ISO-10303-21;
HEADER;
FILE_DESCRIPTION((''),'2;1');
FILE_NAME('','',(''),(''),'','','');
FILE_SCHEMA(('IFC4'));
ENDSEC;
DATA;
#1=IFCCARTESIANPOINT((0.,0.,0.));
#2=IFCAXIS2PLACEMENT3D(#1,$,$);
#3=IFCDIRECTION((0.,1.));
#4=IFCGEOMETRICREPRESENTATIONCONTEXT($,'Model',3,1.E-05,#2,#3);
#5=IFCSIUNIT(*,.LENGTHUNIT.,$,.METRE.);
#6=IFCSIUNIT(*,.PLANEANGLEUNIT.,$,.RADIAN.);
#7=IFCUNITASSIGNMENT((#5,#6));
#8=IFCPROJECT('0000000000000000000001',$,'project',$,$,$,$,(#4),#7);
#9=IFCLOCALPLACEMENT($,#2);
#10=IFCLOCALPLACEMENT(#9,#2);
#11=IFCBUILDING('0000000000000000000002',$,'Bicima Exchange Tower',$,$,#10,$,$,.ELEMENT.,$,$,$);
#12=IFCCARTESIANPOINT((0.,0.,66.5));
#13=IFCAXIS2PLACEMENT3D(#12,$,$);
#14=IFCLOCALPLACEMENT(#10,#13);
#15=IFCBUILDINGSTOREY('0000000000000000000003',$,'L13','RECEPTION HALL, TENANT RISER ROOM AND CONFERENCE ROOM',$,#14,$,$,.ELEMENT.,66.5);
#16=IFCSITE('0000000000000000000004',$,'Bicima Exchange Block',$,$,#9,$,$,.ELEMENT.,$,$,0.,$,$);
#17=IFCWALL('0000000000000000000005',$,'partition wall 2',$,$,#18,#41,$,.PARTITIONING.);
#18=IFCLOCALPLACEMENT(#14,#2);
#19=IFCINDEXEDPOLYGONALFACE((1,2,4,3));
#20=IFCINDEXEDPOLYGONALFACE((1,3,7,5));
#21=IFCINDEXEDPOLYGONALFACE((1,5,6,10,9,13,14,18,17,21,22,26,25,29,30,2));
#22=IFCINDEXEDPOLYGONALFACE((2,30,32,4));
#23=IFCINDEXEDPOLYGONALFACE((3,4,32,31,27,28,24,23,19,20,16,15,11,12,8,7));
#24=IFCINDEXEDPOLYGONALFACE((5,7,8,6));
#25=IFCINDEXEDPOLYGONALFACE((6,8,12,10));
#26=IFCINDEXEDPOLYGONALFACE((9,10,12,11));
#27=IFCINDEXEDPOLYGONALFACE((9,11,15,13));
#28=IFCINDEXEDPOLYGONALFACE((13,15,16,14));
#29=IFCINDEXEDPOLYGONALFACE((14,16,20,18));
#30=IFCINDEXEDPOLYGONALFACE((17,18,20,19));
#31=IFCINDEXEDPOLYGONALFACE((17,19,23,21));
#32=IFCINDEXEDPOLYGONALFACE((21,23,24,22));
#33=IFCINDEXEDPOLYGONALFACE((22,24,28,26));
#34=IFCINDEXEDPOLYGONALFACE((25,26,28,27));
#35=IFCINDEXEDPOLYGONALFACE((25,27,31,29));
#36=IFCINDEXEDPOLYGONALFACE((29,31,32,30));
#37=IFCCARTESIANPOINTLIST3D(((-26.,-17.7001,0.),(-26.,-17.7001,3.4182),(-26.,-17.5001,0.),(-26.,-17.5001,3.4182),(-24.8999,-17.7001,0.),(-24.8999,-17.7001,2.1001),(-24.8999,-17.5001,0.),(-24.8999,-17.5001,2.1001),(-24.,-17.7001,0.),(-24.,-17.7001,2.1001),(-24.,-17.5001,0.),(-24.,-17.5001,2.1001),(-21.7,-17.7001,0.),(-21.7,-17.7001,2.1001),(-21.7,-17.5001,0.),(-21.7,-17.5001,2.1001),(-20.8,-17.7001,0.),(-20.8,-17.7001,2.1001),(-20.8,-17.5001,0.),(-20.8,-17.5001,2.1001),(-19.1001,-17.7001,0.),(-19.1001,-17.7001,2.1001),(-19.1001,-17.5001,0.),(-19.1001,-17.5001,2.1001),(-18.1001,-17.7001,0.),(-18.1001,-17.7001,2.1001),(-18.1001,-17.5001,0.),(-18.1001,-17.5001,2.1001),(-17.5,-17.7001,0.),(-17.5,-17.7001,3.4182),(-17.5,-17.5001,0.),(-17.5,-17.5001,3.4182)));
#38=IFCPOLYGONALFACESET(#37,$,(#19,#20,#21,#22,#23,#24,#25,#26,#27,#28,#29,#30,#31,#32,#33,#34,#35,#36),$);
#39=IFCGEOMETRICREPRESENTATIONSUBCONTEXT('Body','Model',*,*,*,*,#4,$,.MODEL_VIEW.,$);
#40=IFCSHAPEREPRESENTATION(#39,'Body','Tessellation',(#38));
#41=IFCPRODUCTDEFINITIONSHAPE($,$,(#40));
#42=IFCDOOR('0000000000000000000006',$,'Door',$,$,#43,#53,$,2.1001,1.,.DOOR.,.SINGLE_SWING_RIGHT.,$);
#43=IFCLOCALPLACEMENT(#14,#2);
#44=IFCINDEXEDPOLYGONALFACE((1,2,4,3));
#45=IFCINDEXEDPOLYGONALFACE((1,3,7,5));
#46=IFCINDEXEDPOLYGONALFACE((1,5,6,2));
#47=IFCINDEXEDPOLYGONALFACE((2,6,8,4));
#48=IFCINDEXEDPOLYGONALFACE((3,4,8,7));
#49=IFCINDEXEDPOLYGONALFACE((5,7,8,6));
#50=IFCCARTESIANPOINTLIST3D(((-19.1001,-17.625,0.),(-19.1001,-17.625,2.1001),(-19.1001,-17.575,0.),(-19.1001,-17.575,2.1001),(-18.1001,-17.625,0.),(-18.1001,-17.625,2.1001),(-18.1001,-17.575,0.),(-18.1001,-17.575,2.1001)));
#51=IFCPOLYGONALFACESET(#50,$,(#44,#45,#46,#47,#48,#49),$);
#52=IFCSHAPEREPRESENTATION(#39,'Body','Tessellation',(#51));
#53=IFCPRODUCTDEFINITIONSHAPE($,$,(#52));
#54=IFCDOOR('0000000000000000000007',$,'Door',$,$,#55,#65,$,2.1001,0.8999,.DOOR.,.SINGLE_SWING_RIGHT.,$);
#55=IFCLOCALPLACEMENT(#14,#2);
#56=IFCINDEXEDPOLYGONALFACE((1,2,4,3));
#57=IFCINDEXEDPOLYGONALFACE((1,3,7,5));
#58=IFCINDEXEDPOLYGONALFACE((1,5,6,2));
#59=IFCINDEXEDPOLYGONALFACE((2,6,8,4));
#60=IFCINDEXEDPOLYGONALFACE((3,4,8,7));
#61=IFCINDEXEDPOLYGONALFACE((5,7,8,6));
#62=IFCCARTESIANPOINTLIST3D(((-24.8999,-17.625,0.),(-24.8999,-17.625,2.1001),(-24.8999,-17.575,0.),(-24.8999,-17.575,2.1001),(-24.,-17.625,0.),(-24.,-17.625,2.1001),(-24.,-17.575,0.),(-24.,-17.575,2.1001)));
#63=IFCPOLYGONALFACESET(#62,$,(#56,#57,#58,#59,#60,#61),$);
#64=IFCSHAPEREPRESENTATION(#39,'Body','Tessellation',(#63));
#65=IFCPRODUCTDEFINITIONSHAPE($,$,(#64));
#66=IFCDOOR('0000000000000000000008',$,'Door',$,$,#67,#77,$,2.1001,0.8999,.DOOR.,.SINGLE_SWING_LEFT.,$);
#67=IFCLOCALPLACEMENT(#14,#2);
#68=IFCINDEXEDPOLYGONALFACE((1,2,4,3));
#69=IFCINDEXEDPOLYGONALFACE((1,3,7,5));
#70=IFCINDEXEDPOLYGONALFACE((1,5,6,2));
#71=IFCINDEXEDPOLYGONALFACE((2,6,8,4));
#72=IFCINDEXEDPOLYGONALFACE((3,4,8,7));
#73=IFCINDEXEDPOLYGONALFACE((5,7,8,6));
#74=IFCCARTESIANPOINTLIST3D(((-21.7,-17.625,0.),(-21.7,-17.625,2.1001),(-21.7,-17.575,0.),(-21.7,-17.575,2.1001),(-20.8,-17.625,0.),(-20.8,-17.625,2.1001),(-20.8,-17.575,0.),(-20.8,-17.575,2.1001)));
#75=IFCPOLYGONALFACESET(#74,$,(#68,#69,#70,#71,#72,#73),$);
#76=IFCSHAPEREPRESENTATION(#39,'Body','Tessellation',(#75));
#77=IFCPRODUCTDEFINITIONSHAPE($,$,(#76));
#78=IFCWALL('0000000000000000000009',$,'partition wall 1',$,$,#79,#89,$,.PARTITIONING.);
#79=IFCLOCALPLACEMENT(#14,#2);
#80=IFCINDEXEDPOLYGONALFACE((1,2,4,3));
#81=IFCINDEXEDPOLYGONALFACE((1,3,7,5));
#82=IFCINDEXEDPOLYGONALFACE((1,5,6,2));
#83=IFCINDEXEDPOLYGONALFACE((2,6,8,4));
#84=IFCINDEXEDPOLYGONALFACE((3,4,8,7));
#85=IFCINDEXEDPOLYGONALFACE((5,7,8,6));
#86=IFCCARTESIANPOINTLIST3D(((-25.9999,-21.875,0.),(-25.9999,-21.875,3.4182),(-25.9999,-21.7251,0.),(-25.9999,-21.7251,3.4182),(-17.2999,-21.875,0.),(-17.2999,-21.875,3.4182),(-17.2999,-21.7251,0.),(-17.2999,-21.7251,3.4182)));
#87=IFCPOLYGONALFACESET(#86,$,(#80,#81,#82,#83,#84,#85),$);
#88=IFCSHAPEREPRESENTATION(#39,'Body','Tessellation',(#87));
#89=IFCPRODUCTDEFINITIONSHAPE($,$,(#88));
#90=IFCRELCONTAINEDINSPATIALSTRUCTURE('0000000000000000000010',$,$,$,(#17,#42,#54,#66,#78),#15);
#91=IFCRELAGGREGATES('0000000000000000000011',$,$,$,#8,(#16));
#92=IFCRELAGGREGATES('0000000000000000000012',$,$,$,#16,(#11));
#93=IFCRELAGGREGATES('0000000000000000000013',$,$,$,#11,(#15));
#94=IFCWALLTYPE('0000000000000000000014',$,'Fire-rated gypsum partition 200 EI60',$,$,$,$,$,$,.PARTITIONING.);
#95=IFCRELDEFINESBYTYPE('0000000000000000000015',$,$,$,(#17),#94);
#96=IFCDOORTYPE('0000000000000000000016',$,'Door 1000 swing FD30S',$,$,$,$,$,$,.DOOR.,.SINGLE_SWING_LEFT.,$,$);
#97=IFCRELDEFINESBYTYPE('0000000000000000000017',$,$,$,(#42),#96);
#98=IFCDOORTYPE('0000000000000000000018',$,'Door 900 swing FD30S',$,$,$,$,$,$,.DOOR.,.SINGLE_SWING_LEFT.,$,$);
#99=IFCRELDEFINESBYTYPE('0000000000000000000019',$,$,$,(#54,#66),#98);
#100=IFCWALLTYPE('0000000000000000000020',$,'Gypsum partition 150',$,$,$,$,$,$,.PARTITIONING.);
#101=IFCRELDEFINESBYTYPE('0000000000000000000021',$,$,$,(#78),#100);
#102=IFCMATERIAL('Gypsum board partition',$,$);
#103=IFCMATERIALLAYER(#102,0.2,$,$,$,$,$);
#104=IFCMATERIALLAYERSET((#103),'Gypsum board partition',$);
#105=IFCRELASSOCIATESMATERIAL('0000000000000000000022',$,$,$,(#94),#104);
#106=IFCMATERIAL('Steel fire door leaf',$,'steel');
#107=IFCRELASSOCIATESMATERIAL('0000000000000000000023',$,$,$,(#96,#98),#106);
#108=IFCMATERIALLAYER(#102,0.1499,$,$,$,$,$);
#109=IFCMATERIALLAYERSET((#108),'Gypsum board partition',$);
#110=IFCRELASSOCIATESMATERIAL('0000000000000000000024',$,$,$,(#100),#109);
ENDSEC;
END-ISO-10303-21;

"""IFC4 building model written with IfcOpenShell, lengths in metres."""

from ifc_helpers import new_model, si_unit, direction, frame, frame_2d, origin, place, context, subcontext, project, spatial, rectangle, extrude, material, layer, layer_set, type_object, element, fill, save


model = new_model("IFC4")

# Units and contexts
model_context = context("Model", 3, precision=1e-05, world=origin(), true_north=direction((0.0, 1.0)))
body_context = subcontext(model_context, "Body", "Model", "MODEL_VIEW")
ifc_project = project(units=[si_unit("LENGTHUNIT", "METRE"), si_unit("PLANEANGLEUNIT", "RADIAN")], contexts=[model_context])

# Site, building, storey
site_placement = place(None, origin())
site = spatial("IfcSite", under=ifc_project, at=site_placement, Name="Bicima Exchange Block", CompositionType="ELEMENT", RefElevation=0.0)
building_placement = place(site_placement, origin())
building = spatial("IfcBuilding", under=site, at=building_placement, Name="Bicima Exchange Tower", CompositionType="ELEMENT")
storey_placement = place(building_placement, frame((0.0, 0.0, 66.5)))
storey = spatial("IfcBuildingStorey", under=building, at=storey_placement, Name="L13", Description="RECEPTION HALL, TENANT RISER ROOM AND CONFERENCE ROOM", CompositionType="ELEMENT", Elevation=66.5)

# Wall, openings, doors
ifc_material_1 = material(Name="Gypsum board partition")
ifc_layer_1 = layer(ifc_material_1, 0.2)
ifc_layer_set_1 = layer_set([ifc_layer_1], Name="Gypsum board partition")
wall_type_1 = type_object("IfcWallType", Name="Fire-rated gypsum partition 200 EI60", PredefinedType="PARTITIONING", material=ifc_layer_set_1)
wall_1_placement = place(storey_placement, frame((-26.0, -17.6001, 0.0), z_axis=(0.0, 0.0, 1.0), x_axis=(1.0, 0.0, 0.0)))
wall_1 = element("IfcWall", 1, at=wall_1_placement, inside=storey, type_object=wall_type_1, Name="partition wall 2", PredefinedType="PARTITIONING", context=body_context, shape_type="SweptSolid", body=[
    extrude(rectangle(XDim=8.5, YDim=0.2, at=frame_2d((4.25, 0.0))), origin(), (0.0, 0.0, 1.0), 3.4182),
])
opening_1_placement = place(wall_1_placement, frame((1.1001, 0.0, 0.0)))
opening_1 = element("IfcOpeningElement", 2, at=opening_1_placement, cuts=wall_1, PredefinedType="OPENING", context=body_context, shape_type="SweptSolid", body=[
    extrude(rectangle(XDim=0.8999, YDim=2.1001, at=frame_2d((0.45, 1.05))), frame((0.0, 0.1118, 0.0), z_axis=(0.0, -1.0, 0.0), x_axis=(1.0, 0.0, 0.0)), (0.0, 0.0, 1.0), 0.2239),
])
opening_2_placement = place(wall_1_placement, frame((4.3, 0.0, 0.0)))
opening_2 = element("IfcOpeningElement", 3, at=opening_2_placement, cuts=wall_1, PredefinedType="OPENING", context=body_context, shape_type="SweptSolid", body=[
    extrude(rectangle(XDim=0.8999, YDim=2.1001, at=frame_2d((0.45, 1.05))), frame((0.0, 0.1118, 0.0), z_axis=(0.0, -1.0, 0.0), x_axis=(1.0, 0.0, 0.0)), (0.0, 0.0, 1.0), 0.2239),
])
opening_3_placement = place(wall_1_placement, frame((6.8999, 0.0, 0.0)))
opening_3 = element("IfcOpeningElement", 4, at=opening_3_placement, cuts=wall_1, PredefinedType="OPENING", context=body_context, shape_type="SweptSolid", body=[
    extrude(rectangle(XDim=1.0, YDim=2.1001, at=frame_2d((0.5, 1.05))), frame((0.0, 0.1118, 0.0), z_axis=(0.0, -1.0, 0.0), x_axis=(1.0, 0.0, 0.0)), (0.0, 0.0, 1.0), 0.2239),
])
ifc_material_2 = material(Name="Steel fire door leaf", Category="steel")
door_type_1 = type_object("IfcDoorType", Name="Door 1000 swing FD30S", OperationType="SINGLE_SWING_LEFT", PredefinedType="DOOR", material=ifc_material_2)
door_1_placement = place(opening_3_placement, frame((1.0, 0.0, 0.0), z_axis=(0.0, 0.0, 1.0), x_axis=(-1.0, 0.0, 0.0)))
door_1 = element("IfcDoor", 5, at=door_1_placement, inside=storey, type_object=door_type_1, Name="Door", OperationType="SINGLE_SWING_RIGHT", OverallHeight=2.1001, OverallWidth=1.0, PredefinedType="DOOR", context=body_context, shape_type="SweptSolid", body=[
    extrude(rectangle(XDim=1.0, YDim=2.1001, at=frame_2d((0.5, 1.05))), frame((0.0, 0.0249, 0.0), z_axis=(0.0, -1.0, 0.0), x_axis=(1.0, 0.0, 0.0)), (0.0, 0.0, 1.0), 0.05),
])
fill(opening_3, door_1)
door_type_2 = type_object("IfcDoorType", Name="Door 900 swing FD30S", OperationType="SINGLE_SWING_LEFT", PredefinedType="DOOR", material=ifc_material_2)
door_2_placement = place(opening_1_placement, frame((0.8999, 0.0, 0.0), z_axis=(0.0, 0.0, 1.0), x_axis=(-1.0, 0.0, 0.0)))
door_2 = element("IfcDoor", 6, at=door_2_placement, inside=storey, type_object=door_type_2, Name="Door", OperationType="SINGLE_SWING_RIGHT", OverallHeight=2.1001, OverallWidth=0.8999, PredefinedType="DOOR", context=body_context, shape_type="SweptSolid", body=[
    extrude(rectangle(XDim=0.8999, YDim=2.1001, at=frame_2d((0.45, 1.05))), frame((0.0, 0.0249, 0.0), z_axis=(0.0, -1.0, 0.0), x_axis=(1.0, 0.0, 0.0)), (0.0, 0.0, 1.0), 0.05),
])
fill(opening_1, door_2)
door_3_placement = place(opening_2_placement, frame((0.8999, 0.0, 0.0), z_axis=(0.0, 0.0, 1.0), x_axis=(-1.0, 0.0, 0.0)))
door_3 = element("IfcDoor", 7, at=door_3_placement, inside=storey, type_object=door_type_2, Name="Door", OperationType="SINGLE_SWING_LEFT", OverallHeight=2.1001, OverallWidth=0.8999, PredefinedType="DOOR", context=body_context, shape_type="SweptSolid", body=[
    extrude(rectangle(XDim=0.8999, YDim=2.1001, at=frame_2d((0.45, 1.05))), frame((0.0, 0.0249, 0.0), z_axis=(0.0, -1.0, 0.0), x_axis=(1.0, 0.0, 0.0)), (0.0, 0.0, 1.0), 0.05),
])
fill(opening_2, door_3)

# Wall
ifc_layer_2 = layer(ifc_material_1, 0.1499)
ifc_layer_set_2 = layer_set([ifc_layer_2], Name="Gypsum board partition")
wall_type_2 = type_object("IfcWallType", Name="Gypsum partition 150", PredefinedType="PARTITIONING", material=ifc_layer_set_2)
wall_2_placement = place(storey_placement, frame((-26.0, -21.8, 0.0), z_axis=(0.0, 0.0, 1.0), x_axis=(1.0, 0.0, 0.0)))
element("IfcWall", 8, at=wall_2_placement, inside=storey, type_object=wall_type_2, Name="partition wall 1", PredefinedType="PARTITIONING", context=body_context, shape_type="SweptSolid", body=[
    extrude(rectangle(XDim=8.7, YDim=0.1499, at=frame_2d((4.3501, 0.0))), origin(), (0.0, 0.0, 1.0), 3.4182),
])

save(model, "model.ifc")
